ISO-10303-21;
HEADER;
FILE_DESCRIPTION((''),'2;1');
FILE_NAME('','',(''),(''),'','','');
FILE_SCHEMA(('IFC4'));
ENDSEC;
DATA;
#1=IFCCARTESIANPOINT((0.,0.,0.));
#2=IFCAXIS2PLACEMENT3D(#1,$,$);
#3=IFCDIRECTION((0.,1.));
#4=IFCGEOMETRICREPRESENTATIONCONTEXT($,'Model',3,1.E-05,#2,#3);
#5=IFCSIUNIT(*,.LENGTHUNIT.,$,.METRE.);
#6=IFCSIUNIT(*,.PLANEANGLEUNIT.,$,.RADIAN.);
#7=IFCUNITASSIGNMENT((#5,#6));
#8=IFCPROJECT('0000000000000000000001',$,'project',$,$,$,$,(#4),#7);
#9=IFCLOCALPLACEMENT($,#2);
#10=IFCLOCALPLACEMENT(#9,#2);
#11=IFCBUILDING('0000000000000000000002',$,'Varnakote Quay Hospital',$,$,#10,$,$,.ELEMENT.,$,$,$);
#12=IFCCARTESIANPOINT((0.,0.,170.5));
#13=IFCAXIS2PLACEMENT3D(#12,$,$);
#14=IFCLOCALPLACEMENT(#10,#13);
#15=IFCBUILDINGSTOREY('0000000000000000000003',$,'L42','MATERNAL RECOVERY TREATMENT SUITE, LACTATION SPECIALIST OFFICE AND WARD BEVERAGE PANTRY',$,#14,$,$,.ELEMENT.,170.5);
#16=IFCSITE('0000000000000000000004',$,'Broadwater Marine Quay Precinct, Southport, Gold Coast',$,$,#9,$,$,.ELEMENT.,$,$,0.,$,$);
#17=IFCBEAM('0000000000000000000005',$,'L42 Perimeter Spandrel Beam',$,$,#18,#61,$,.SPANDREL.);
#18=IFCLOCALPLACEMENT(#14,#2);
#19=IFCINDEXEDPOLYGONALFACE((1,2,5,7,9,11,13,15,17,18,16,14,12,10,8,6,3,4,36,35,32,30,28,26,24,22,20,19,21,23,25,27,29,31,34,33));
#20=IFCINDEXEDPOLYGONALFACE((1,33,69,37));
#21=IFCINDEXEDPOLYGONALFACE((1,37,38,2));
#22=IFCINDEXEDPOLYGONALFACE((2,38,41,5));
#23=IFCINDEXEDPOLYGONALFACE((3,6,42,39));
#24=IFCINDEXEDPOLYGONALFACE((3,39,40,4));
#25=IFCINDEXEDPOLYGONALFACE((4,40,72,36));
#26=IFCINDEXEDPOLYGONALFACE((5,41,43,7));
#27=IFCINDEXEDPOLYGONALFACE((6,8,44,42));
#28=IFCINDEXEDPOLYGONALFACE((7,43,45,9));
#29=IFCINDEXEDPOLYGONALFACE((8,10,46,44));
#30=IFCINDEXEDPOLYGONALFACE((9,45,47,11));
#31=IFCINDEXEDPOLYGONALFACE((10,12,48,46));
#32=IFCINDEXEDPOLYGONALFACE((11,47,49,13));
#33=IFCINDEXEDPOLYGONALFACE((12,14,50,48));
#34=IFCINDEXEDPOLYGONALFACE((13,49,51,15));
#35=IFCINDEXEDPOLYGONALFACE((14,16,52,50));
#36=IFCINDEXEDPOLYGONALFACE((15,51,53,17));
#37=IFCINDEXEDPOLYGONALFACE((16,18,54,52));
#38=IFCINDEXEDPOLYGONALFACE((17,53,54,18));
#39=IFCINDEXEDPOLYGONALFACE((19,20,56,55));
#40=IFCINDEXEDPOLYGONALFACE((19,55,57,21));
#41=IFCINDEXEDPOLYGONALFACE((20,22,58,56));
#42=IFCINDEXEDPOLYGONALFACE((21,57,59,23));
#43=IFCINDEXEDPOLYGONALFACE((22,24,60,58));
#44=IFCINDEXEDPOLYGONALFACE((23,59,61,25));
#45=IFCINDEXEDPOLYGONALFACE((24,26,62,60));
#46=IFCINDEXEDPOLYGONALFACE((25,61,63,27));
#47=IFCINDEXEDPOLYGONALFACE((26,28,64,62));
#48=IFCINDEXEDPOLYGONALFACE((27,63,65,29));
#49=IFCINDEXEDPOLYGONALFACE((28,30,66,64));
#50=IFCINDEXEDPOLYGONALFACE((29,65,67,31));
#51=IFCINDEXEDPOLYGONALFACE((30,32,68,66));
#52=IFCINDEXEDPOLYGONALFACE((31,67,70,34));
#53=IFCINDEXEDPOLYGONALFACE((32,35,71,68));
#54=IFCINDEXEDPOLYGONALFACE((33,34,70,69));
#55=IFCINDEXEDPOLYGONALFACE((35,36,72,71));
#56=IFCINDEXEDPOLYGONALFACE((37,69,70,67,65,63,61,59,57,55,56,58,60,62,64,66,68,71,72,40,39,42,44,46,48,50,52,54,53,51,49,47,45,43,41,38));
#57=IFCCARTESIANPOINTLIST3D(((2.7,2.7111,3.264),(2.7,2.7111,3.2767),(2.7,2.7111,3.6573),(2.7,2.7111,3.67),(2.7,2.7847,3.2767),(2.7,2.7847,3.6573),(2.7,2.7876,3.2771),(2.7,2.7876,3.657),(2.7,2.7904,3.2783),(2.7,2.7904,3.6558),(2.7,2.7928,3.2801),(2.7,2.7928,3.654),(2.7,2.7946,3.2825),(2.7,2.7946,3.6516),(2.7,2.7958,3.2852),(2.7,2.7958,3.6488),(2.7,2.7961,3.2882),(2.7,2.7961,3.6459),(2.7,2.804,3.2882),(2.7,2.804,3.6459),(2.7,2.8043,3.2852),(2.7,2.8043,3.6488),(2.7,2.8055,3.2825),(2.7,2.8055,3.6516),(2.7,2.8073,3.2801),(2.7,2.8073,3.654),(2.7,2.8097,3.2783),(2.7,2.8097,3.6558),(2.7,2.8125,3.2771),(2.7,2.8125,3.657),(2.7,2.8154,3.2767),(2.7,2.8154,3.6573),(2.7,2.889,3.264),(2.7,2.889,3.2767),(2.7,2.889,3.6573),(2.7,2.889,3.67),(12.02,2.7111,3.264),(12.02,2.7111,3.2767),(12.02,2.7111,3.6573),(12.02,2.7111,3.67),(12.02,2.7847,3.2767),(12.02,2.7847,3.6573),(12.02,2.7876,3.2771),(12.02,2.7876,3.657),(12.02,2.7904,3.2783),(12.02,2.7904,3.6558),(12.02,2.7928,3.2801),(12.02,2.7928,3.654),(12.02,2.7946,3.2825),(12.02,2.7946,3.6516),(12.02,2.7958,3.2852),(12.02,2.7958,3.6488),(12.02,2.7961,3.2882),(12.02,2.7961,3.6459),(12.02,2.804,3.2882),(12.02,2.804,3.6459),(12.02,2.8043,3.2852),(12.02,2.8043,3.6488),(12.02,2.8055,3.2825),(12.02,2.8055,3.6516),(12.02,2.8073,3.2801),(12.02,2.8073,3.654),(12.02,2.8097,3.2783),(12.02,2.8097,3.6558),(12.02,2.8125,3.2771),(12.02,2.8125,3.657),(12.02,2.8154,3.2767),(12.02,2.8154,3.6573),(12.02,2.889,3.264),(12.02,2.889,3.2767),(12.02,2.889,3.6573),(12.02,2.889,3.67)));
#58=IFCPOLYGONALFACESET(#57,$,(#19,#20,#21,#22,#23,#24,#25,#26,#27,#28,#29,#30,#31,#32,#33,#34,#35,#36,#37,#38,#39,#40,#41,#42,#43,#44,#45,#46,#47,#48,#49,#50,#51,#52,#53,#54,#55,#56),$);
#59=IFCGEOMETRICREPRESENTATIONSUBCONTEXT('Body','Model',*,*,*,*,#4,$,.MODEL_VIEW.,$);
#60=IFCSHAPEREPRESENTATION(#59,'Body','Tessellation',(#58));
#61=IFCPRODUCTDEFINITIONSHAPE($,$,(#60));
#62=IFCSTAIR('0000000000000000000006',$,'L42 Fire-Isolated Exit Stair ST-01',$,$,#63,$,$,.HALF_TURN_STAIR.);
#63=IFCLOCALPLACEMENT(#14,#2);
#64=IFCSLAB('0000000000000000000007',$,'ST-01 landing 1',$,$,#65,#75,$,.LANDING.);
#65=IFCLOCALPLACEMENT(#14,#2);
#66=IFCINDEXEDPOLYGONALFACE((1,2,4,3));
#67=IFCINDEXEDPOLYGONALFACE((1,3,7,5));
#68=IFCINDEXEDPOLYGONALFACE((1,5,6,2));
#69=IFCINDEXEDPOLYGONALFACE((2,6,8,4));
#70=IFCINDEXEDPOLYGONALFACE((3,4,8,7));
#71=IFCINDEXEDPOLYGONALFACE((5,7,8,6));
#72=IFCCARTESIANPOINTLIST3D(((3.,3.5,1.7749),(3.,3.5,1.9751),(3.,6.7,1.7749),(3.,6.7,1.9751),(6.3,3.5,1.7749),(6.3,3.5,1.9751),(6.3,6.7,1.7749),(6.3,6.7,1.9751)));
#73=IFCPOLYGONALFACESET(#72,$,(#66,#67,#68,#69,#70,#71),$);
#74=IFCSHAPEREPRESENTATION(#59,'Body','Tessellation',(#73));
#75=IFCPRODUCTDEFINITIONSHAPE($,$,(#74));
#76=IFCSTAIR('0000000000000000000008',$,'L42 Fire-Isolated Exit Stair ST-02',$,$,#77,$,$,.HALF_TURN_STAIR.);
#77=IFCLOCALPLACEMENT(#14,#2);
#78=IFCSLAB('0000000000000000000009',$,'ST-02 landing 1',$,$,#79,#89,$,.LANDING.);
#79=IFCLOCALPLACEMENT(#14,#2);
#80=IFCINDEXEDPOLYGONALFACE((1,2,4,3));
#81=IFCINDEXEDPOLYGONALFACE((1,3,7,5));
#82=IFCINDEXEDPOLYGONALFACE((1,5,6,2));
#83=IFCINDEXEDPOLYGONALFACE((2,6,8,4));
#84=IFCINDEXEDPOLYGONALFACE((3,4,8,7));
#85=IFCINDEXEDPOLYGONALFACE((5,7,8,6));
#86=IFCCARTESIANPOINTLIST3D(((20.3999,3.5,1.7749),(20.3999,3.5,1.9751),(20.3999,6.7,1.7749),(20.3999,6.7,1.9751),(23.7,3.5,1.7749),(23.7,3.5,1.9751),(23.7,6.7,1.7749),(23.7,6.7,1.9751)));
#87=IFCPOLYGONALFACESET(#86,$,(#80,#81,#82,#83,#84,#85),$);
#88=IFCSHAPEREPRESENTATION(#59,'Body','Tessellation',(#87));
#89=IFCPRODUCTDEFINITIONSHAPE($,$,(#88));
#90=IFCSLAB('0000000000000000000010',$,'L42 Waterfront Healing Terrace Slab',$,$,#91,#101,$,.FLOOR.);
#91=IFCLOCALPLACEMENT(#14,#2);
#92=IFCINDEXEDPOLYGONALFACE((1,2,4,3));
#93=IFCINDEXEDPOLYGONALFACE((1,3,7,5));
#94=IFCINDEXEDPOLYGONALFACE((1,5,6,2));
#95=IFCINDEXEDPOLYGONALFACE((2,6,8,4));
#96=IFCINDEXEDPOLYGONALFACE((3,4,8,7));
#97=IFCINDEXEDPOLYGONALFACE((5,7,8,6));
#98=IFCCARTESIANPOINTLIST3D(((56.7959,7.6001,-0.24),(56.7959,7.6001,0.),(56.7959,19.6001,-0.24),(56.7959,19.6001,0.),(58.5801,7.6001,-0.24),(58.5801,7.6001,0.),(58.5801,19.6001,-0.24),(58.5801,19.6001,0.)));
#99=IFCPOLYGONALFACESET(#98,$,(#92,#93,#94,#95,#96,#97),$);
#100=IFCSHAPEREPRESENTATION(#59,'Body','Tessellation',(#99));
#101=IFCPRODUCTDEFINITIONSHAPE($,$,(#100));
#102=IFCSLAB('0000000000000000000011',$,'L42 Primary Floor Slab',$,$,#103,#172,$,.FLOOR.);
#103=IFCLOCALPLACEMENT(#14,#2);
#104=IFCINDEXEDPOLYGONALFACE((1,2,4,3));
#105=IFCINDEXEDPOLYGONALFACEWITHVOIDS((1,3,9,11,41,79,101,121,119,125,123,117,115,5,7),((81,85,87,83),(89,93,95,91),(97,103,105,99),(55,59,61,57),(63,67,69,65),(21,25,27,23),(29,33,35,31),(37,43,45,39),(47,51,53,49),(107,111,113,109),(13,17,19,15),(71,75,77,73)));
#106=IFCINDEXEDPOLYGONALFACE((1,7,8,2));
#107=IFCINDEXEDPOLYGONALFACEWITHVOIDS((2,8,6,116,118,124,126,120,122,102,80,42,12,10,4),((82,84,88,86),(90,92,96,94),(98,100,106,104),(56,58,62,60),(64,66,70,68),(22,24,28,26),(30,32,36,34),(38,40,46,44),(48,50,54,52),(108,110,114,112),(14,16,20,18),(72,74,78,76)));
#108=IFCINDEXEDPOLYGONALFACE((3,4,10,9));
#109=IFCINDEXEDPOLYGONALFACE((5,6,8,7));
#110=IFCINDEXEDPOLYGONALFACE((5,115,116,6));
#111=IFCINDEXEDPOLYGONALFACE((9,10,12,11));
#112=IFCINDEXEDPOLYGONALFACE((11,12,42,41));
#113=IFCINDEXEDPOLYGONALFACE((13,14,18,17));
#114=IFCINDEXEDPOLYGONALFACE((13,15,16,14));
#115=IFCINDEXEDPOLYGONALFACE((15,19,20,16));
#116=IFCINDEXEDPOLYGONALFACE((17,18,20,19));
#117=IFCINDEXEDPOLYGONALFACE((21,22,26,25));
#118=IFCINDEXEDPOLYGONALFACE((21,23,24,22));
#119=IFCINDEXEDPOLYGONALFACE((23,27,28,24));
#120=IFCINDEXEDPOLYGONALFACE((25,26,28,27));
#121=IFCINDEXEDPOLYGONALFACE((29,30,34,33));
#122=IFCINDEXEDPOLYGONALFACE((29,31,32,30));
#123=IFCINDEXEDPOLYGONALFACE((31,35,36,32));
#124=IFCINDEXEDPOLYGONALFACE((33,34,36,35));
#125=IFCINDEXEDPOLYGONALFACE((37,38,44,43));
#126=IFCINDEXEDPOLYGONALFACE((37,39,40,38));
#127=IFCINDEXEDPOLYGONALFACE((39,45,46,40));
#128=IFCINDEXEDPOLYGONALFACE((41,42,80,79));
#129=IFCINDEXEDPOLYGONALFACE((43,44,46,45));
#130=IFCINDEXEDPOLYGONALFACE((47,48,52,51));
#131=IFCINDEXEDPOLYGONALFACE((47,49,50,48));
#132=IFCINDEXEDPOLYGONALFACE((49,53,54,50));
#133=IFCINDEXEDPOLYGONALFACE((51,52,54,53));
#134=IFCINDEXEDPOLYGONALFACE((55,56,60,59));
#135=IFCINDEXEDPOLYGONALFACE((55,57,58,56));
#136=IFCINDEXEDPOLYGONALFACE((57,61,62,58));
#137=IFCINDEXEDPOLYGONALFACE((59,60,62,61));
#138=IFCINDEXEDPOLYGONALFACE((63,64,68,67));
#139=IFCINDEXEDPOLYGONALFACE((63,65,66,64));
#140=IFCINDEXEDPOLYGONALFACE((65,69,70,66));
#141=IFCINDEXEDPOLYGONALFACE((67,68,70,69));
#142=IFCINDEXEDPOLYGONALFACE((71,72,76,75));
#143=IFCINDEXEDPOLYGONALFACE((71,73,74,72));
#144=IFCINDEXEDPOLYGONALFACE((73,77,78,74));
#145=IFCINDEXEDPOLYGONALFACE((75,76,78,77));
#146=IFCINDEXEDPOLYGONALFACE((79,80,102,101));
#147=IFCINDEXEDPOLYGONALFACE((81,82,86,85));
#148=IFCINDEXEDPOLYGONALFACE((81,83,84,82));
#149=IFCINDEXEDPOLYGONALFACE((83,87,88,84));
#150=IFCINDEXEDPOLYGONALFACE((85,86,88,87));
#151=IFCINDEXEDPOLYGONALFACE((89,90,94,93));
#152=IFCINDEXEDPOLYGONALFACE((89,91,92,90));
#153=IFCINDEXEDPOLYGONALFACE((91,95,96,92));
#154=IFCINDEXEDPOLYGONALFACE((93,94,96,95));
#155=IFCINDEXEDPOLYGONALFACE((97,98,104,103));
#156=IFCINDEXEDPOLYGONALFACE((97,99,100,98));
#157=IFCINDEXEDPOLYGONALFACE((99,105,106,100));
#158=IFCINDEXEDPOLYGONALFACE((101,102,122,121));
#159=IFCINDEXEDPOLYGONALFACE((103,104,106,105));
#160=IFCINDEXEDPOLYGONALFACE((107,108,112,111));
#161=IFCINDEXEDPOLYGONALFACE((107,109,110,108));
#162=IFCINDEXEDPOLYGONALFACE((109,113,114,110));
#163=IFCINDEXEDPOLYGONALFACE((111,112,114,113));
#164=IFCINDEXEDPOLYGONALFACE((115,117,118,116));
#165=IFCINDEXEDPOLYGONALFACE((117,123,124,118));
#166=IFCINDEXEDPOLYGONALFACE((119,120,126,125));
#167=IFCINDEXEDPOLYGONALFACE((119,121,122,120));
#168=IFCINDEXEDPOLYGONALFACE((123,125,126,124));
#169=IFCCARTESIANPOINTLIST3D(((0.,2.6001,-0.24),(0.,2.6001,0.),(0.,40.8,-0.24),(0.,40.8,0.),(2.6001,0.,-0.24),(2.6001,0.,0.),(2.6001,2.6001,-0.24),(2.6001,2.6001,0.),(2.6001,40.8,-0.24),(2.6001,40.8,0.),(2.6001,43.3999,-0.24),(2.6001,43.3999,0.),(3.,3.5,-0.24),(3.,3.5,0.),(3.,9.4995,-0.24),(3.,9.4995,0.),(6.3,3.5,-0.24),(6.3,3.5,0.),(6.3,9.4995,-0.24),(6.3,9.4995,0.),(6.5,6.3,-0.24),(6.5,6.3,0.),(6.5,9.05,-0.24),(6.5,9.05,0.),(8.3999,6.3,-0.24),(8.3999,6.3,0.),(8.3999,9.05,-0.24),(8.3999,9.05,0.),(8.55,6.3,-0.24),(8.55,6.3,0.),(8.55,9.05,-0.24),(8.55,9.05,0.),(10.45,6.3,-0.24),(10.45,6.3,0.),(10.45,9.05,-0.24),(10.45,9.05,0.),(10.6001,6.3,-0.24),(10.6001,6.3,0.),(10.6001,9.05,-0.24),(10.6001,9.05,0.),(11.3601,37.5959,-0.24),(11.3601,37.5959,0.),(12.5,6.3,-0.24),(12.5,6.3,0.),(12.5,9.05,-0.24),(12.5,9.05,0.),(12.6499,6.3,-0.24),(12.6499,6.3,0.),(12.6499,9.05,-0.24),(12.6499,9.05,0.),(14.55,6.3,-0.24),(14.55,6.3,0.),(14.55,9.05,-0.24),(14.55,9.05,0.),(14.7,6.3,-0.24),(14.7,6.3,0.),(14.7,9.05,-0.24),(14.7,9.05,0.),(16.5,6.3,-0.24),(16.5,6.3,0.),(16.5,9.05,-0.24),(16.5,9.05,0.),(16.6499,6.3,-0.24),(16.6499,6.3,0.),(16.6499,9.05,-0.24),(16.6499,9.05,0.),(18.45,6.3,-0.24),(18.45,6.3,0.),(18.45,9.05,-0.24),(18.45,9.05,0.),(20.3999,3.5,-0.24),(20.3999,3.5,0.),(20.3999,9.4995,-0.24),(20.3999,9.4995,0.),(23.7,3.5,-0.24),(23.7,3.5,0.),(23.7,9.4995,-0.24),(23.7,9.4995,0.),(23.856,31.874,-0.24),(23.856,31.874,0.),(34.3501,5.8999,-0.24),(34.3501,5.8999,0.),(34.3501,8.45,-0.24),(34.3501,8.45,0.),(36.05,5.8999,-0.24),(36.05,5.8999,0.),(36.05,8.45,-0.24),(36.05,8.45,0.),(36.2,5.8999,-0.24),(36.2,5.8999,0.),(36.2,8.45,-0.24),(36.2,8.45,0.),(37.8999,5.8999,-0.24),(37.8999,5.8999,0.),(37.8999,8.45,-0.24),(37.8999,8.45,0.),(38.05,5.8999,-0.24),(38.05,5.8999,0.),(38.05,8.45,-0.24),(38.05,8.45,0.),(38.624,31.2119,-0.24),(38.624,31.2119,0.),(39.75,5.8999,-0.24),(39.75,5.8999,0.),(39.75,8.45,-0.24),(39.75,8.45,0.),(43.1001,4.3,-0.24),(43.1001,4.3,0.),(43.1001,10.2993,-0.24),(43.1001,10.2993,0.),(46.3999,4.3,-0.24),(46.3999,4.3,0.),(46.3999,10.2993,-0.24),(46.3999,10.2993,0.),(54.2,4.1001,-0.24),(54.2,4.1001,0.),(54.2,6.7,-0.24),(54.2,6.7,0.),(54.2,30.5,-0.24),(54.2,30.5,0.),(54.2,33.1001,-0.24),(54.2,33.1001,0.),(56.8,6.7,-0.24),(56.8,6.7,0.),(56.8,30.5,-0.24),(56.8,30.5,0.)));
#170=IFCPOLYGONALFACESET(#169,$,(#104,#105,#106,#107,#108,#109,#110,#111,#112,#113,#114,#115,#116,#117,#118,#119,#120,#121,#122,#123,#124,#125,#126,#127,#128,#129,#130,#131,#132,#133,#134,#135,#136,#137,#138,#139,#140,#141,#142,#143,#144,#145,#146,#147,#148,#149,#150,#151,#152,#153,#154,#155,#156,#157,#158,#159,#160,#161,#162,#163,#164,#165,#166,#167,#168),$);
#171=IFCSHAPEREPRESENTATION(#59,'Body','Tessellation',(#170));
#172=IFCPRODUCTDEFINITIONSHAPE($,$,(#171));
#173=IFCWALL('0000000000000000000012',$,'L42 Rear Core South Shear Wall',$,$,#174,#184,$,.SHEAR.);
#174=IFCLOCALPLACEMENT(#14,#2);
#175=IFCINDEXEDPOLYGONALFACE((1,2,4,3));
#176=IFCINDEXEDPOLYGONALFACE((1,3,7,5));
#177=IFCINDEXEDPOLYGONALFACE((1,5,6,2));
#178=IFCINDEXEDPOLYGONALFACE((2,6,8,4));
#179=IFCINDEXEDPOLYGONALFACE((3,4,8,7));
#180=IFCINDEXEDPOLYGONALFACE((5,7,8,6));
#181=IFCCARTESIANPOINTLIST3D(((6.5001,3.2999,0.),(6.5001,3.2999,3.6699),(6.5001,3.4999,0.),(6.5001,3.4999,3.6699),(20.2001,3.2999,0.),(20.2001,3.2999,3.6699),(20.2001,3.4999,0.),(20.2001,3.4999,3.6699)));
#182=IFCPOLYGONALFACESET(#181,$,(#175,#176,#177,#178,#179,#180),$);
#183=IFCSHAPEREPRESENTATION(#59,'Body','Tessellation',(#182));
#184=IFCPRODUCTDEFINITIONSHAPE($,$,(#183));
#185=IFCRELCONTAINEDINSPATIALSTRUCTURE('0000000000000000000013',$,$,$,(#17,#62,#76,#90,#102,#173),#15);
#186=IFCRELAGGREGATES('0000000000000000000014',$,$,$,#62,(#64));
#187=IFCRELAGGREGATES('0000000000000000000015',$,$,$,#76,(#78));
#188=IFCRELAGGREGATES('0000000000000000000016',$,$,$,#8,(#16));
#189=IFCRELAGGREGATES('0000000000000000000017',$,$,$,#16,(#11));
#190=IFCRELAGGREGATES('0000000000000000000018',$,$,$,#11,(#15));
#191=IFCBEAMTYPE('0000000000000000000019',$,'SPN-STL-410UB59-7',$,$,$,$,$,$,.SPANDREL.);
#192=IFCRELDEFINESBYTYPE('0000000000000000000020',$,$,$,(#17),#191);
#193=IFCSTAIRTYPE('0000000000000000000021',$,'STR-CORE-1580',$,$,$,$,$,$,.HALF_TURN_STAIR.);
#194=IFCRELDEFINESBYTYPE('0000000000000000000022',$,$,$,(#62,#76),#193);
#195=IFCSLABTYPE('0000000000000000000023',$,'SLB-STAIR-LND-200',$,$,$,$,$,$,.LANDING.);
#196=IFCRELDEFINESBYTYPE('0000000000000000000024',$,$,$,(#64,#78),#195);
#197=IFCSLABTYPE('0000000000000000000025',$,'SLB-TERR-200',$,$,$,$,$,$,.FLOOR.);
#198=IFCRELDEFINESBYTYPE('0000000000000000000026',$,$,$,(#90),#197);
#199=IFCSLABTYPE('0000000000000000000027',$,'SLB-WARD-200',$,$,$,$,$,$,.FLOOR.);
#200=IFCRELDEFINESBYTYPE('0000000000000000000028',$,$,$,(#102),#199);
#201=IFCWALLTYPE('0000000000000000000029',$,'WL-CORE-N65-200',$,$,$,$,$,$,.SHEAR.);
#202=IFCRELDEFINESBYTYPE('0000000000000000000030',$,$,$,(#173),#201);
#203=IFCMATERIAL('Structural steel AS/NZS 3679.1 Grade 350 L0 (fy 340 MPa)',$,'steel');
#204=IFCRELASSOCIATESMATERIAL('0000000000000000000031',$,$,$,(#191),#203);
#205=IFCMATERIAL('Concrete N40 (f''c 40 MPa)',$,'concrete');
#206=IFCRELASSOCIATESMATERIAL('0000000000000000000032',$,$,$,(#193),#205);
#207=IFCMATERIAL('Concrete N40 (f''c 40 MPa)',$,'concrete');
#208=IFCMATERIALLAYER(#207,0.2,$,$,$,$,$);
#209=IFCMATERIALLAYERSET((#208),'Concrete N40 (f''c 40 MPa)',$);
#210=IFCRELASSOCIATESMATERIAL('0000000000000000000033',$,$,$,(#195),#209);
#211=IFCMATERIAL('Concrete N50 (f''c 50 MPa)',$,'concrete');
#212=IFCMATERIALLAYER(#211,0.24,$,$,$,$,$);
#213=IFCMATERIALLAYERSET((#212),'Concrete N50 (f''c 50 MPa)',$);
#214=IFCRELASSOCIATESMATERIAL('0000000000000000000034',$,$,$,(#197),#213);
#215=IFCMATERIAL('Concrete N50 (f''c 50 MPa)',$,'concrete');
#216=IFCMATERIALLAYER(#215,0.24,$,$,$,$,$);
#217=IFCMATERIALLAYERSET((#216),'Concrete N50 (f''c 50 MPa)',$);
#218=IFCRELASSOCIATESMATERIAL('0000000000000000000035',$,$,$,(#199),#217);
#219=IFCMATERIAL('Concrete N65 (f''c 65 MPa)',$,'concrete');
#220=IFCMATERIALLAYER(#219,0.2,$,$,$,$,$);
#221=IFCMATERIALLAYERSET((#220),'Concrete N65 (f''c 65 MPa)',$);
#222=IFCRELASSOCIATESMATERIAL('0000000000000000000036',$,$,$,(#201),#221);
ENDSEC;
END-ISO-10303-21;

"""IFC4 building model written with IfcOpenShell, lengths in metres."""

from ifc_helpers import new_model, si_unit, direction, frame, frame_2d, origin, origin_2d, place, context, subcontext, project, spatial, polyline, rectangle, i_section, outline, extrude, material, layer, layer_set, material_profile, profile_set, type_object, element, aggregate, save


model = new_model("IFC4")

# Units and contexts
model_context = context("Model", 3, precision=1e-05, world=origin(), true_north=direction((0.0, 1.0)))
body_context = subcontext(model_context, "Body", "Model", "MODEL_VIEW")
ifc_project = project(units=[si_unit("LENGTHUNIT", "METRE"), si_unit("PLANEANGLEUNIT", "RADIAN")], contexts=[model_context])

# Site, building, storey
site_placement = place(None, origin())
site = spatial("IfcSite", under=ifc_project, at=site_placement, Name="Broadwater Marine Quay Precinct, Southport, Gold Coast", CompositionType="ELEMENT", RefElevation=0.0)
building_placement = place(site_placement, origin())
building = spatial("IfcBuilding", under=site, at=building_placement, Name="Varnakote Quay Hospital", CompositionType="ELEMENT")
storey_placement = place(building_placement, frame((0.0, 0.0, 170.5)))
storey = spatial("IfcBuildingStorey", under=building, at=storey_placement, Name="L42", Description="MATERNAL RECOVERY TREATMENT SUITE, LACTATION SPECIALIST OFFICE AND WARD BEVERAGE PANTRY", CompositionType="ELEMENT", Elevation=170.5)

# Beam
ifc_material_1 = material(Name="Structural steel AS/NZS 3679.1 Grade 350 L0 (fy 340 MPa)", Category="steel")
ifc_material_profile_1 = material_profile(ifc_material_1, i_section(OverallWidth=0.178, OverallDepth=0.406, WebThickness=0.0078, FlangeThickness=0.0127, FilletRadius=0.0115, at=origin_2d()), Name="410UB59.7")
ifc_profile_set_1 = profile_set([ifc_material_profile_1], Name="Structural steel AS/NZS 3679.1 Grade 350 L0 (fy 340 MPa)")
beam_type_1 = type_object("IfcBeamType", Name="SPN-STL-410UB59-7", PredefinedType="SPANDREL", material=ifc_profile_set_1)
beam_1_placement = place(storey_placement, frame((2.7, 2.8, 3.467), z_axis=(1.0, 0.0, 0.0), x_axis=(0.0, 1.0, 0.0)))
element("IfcBeam", 1, at=beam_1_placement, inside=storey, type_object=beam_type_1, Name="L42 Perimeter Spandrel Beam", PredefinedType="SPANDREL", context=body_context, shape_type="SweptSolid", body=[
    extrude(i_section(OverallWidth=0.178, OverallDepth=0.406, WebThickness=0.0078, FlangeThickness=0.0127, FilletRadius=0.0115, at=origin_2d()), origin(), (0.0, 0.0, 1.0), 9.3201),
])

# Stairs, slabs
ifc_material_2 = material(Name="Concrete N40 (f'c 40 MPa)", Category="concrete")
stair_type = type_object("IfcStairType", Name="STR-CORE-1580", PredefinedType="HALF_TURN_STAIR", material=ifc_material_2)
stair_1_placement = place(storey_placement, origin())
stair_1 = element("IfcStair", 2, at=stair_1_placement, inside=storey, type_object=stair_type, Name="L42 Fire-Isolated Exit Stair ST-01", PredefinedType="HALF_TURN_STAIR")
ifc_material_3 = material(Name="Concrete N40 (f'c 40 MPa)", Category="concrete")
ifc_layer_1 = layer(ifc_material_3, 0.2)
ifc_layer_set_1 = layer_set([ifc_layer_1], Name="Concrete N40 (f'c 40 MPa)")
slab_type_1 = type_object("IfcSlabType", Name="SLB-STAIR-LND-200", PredefinedType="LANDING", material=ifc_layer_set_1)
slab_1_placement = place(storey_placement, frame((0.0, 0.0, 1.7749)))
slab_1 = element("IfcSlab", 3, at=slab_1_placement, type_object=slab_type_1, Name="ST-01 landing 1", PredefinedType="LANDING", context=body_context, shape_type="SweptSolid", body=[
    extrude(outline(polyline([(3.0, 6.7), (3.0, 3.5), (6.3, 3.5), (6.3, 6.7), (3.0, 6.7)])), origin(), (0.0, 0.0, 1.0), 0.2002),
])
aggregate(stair_1, [slab_1])
stair_2_placement = place(storey_placement, origin())
stair_2 = element("IfcStair", 4, at=stair_2_placement, inside=storey, type_object=stair_type, Name="L42 Fire-Isolated Exit Stair ST-02", PredefinedType="HALF_TURN_STAIR")
slab_2_placement = place(storey_placement, frame((0.0, 0.0, 1.7749)))
slab_2 = element("IfcSlab", 5, at=slab_2_placement, type_object=slab_type_1, Name="ST-02 landing 1", PredefinedType="LANDING", context=body_context, shape_type="SweptSolid", body=[
    extrude(outline(polyline([(20.3999, 6.7), (20.3999, 3.5), (23.7, 3.5), (23.7, 6.7), (20.3999, 6.7)])), origin(), (0.0, 0.0, 1.0), 0.2002),
])
aggregate(stair_2, [slab_2])

# Slabs
ifc_material_4 = material(Name="Concrete N50 (f'c 50 MPa)", Category="concrete")
ifc_layer_2 = layer(ifc_material_4, 0.24)
ifc_layer_set_2 = layer_set([ifc_layer_2], Name="Concrete N50 (f'c 50 MPa)")
slab_type_2 = type_object("IfcSlabType", Name="SLB-TERR-200", PredefinedType="FLOOR", material=ifc_layer_set_2)
slab_3_placement = place(storey_placement, frame((0.0, 0.0, -0.24)))
element("IfcSlab", 6, at=slab_3_placement, inside=storey, type_object=slab_type_2, Name="L42 Waterfront Healing Terrace Slab", PredefinedType="FLOOR", context=body_context, shape_type="SweptSolid", body=[
    extrude(outline(polyline([(56.7959, 7.6001), (58.5801, 7.6001), (58.5801, 19.6001), (56.7959, 19.6001), (56.7959, 7.6001)])), origin(), (0.0, 0.0, 1.0), 0.24),
])
ifc_material_5 = material(Name="Concrete N50 (f'c 50 MPa)", Category="concrete")
ifc_layer_3 = layer(ifc_material_5, 0.24)
ifc_layer_set_3 = layer_set([ifc_layer_3], Name="Concrete N50 (f'c 50 MPa)")
slab_type_3 = type_object("IfcSlabType", Name="SLB-WARD-200", PredefinedType="FLOOR", material=ifc_layer_set_3)
slab_4_placement = place(storey_placement, frame((0.0, 0.0, -0.24)))
element("IfcSlab", 7, at=slab_4_placement, inside=storey, type_object=slab_type_3, Name="L42 Primary Floor Slab", PredefinedType="FLOOR", context=body_context, shape_type="SweptSolid", body=[
    extrude(outline(polyline([(0.0, 2.6001), (2.6001, 2.6001), (2.6001, 0.0), (54.2, 4.1001), (54.2, 6.7), (56.8, 6.7), (56.8, 30.5), (54.2, 30.5), (54.2, 33.1001), (38.624, 31.2119), (23.856, 31.874), (11.3601, 37.5959), (2.6001, 43.3999), (2.6001, 40.8), (0.0, 40.8), (0.0, 2.6001)]), holes=[polyline([(3.0, 3.5), (6.3, 3.5), (6.3, 9.4995), (3.0, 9.4995), (3.0, 3.5)]), polyline([(20.3999, 3.5), (23.7, 3.5), (23.7, 9.4995), (20.3999, 9.4995), (20.3999, 3.5)]), polyline([(43.1001, 4.3), (46.3999, 4.3), (46.3999, 10.2993), (43.1001, 10.2993), (43.1001, 4.3)]), polyline([(6.5, 6.3), (8.3999, 6.3), (8.3999, 9.05), (6.5, 9.05), (6.5, 6.3)]), polyline([(8.55, 6.3), (10.45, 6.3), (10.45, 9.05), (8.55, 9.05), (8.55, 6.3)]), polyline([(10.6001, 6.3), (12.5, 6.3), (12.5, 9.05), (10.6001, 9.05), (10.6001, 6.3)]), polyline([(12.6499, 6.3), (14.55, 6.3), (14.55, 9.05), (12.6499, 9.05), (12.6499, 6.3)]), polyline([(14.7, 6.3), (16.5, 6.3), (16.5, 9.05), (14.7, 9.05), (14.7, 6.3)]), polyline([(16.6499, 6.3), (18.45, 6.3), (18.45, 9.05), (16.6499, 9.05), (16.6499, 6.3)]), polyline([(34.3501, 5.8999), (36.05, 5.8999), (36.05, 8.45), (34.3501, 8.45), (34.3501, 5.8999)]), polyline([(36.2, 5.8999), (37.8999, 5.8999), (37.8999, 8.45), (36.2, 8.45), (36.2, 5.8999)]), polyline([(38.05, 5.8999), (39.75, 5.8999), (39.75, 8.45), (38.05, 8.45), (38.05, 5.8999)])]), origin(), (0.0, 0.0, 1.0), 0.24),
])

# Wall
ifc_material_6 = material(Name="Concrete N65 (f'c 65 MPa)", Category="concrete")
ifc_layer_4 = layer(ifc_material_6, 0.2)
ifc_layer_set_4 = layer_set([ifc_layer_4], Name="Concrete N65 (f'c 65 MPa)")
wall_type_1 = type_object("IfcWallType", Name="WL-CORE-N65-200", PredefinedType="SHEAR", material=ifc_layer_set_4)
wall_1_placement = place(storey_placement, frame((6.5, 3.3999, 0.0), z_axis=(0.0, 0.0, 1.0), x_axis=(1.0, 0.0, 0.0)))
element("IfcWall", 8, at=wall_1_placement, inside=storey, type_object=wall_type_1, Name="L42 Rear Core South Shear Wall", PredefinedType="SHEAR", context=body_context, shape_type="SweptSolid", body=[
    extrude(rectangle(XDim=13.7, YDim=0.2, at=frame_2d((6.8501, 0.0))), origin(), (0.0, 0.0, 1.0), 3.6699),
])

save(model, "model.ifc")
